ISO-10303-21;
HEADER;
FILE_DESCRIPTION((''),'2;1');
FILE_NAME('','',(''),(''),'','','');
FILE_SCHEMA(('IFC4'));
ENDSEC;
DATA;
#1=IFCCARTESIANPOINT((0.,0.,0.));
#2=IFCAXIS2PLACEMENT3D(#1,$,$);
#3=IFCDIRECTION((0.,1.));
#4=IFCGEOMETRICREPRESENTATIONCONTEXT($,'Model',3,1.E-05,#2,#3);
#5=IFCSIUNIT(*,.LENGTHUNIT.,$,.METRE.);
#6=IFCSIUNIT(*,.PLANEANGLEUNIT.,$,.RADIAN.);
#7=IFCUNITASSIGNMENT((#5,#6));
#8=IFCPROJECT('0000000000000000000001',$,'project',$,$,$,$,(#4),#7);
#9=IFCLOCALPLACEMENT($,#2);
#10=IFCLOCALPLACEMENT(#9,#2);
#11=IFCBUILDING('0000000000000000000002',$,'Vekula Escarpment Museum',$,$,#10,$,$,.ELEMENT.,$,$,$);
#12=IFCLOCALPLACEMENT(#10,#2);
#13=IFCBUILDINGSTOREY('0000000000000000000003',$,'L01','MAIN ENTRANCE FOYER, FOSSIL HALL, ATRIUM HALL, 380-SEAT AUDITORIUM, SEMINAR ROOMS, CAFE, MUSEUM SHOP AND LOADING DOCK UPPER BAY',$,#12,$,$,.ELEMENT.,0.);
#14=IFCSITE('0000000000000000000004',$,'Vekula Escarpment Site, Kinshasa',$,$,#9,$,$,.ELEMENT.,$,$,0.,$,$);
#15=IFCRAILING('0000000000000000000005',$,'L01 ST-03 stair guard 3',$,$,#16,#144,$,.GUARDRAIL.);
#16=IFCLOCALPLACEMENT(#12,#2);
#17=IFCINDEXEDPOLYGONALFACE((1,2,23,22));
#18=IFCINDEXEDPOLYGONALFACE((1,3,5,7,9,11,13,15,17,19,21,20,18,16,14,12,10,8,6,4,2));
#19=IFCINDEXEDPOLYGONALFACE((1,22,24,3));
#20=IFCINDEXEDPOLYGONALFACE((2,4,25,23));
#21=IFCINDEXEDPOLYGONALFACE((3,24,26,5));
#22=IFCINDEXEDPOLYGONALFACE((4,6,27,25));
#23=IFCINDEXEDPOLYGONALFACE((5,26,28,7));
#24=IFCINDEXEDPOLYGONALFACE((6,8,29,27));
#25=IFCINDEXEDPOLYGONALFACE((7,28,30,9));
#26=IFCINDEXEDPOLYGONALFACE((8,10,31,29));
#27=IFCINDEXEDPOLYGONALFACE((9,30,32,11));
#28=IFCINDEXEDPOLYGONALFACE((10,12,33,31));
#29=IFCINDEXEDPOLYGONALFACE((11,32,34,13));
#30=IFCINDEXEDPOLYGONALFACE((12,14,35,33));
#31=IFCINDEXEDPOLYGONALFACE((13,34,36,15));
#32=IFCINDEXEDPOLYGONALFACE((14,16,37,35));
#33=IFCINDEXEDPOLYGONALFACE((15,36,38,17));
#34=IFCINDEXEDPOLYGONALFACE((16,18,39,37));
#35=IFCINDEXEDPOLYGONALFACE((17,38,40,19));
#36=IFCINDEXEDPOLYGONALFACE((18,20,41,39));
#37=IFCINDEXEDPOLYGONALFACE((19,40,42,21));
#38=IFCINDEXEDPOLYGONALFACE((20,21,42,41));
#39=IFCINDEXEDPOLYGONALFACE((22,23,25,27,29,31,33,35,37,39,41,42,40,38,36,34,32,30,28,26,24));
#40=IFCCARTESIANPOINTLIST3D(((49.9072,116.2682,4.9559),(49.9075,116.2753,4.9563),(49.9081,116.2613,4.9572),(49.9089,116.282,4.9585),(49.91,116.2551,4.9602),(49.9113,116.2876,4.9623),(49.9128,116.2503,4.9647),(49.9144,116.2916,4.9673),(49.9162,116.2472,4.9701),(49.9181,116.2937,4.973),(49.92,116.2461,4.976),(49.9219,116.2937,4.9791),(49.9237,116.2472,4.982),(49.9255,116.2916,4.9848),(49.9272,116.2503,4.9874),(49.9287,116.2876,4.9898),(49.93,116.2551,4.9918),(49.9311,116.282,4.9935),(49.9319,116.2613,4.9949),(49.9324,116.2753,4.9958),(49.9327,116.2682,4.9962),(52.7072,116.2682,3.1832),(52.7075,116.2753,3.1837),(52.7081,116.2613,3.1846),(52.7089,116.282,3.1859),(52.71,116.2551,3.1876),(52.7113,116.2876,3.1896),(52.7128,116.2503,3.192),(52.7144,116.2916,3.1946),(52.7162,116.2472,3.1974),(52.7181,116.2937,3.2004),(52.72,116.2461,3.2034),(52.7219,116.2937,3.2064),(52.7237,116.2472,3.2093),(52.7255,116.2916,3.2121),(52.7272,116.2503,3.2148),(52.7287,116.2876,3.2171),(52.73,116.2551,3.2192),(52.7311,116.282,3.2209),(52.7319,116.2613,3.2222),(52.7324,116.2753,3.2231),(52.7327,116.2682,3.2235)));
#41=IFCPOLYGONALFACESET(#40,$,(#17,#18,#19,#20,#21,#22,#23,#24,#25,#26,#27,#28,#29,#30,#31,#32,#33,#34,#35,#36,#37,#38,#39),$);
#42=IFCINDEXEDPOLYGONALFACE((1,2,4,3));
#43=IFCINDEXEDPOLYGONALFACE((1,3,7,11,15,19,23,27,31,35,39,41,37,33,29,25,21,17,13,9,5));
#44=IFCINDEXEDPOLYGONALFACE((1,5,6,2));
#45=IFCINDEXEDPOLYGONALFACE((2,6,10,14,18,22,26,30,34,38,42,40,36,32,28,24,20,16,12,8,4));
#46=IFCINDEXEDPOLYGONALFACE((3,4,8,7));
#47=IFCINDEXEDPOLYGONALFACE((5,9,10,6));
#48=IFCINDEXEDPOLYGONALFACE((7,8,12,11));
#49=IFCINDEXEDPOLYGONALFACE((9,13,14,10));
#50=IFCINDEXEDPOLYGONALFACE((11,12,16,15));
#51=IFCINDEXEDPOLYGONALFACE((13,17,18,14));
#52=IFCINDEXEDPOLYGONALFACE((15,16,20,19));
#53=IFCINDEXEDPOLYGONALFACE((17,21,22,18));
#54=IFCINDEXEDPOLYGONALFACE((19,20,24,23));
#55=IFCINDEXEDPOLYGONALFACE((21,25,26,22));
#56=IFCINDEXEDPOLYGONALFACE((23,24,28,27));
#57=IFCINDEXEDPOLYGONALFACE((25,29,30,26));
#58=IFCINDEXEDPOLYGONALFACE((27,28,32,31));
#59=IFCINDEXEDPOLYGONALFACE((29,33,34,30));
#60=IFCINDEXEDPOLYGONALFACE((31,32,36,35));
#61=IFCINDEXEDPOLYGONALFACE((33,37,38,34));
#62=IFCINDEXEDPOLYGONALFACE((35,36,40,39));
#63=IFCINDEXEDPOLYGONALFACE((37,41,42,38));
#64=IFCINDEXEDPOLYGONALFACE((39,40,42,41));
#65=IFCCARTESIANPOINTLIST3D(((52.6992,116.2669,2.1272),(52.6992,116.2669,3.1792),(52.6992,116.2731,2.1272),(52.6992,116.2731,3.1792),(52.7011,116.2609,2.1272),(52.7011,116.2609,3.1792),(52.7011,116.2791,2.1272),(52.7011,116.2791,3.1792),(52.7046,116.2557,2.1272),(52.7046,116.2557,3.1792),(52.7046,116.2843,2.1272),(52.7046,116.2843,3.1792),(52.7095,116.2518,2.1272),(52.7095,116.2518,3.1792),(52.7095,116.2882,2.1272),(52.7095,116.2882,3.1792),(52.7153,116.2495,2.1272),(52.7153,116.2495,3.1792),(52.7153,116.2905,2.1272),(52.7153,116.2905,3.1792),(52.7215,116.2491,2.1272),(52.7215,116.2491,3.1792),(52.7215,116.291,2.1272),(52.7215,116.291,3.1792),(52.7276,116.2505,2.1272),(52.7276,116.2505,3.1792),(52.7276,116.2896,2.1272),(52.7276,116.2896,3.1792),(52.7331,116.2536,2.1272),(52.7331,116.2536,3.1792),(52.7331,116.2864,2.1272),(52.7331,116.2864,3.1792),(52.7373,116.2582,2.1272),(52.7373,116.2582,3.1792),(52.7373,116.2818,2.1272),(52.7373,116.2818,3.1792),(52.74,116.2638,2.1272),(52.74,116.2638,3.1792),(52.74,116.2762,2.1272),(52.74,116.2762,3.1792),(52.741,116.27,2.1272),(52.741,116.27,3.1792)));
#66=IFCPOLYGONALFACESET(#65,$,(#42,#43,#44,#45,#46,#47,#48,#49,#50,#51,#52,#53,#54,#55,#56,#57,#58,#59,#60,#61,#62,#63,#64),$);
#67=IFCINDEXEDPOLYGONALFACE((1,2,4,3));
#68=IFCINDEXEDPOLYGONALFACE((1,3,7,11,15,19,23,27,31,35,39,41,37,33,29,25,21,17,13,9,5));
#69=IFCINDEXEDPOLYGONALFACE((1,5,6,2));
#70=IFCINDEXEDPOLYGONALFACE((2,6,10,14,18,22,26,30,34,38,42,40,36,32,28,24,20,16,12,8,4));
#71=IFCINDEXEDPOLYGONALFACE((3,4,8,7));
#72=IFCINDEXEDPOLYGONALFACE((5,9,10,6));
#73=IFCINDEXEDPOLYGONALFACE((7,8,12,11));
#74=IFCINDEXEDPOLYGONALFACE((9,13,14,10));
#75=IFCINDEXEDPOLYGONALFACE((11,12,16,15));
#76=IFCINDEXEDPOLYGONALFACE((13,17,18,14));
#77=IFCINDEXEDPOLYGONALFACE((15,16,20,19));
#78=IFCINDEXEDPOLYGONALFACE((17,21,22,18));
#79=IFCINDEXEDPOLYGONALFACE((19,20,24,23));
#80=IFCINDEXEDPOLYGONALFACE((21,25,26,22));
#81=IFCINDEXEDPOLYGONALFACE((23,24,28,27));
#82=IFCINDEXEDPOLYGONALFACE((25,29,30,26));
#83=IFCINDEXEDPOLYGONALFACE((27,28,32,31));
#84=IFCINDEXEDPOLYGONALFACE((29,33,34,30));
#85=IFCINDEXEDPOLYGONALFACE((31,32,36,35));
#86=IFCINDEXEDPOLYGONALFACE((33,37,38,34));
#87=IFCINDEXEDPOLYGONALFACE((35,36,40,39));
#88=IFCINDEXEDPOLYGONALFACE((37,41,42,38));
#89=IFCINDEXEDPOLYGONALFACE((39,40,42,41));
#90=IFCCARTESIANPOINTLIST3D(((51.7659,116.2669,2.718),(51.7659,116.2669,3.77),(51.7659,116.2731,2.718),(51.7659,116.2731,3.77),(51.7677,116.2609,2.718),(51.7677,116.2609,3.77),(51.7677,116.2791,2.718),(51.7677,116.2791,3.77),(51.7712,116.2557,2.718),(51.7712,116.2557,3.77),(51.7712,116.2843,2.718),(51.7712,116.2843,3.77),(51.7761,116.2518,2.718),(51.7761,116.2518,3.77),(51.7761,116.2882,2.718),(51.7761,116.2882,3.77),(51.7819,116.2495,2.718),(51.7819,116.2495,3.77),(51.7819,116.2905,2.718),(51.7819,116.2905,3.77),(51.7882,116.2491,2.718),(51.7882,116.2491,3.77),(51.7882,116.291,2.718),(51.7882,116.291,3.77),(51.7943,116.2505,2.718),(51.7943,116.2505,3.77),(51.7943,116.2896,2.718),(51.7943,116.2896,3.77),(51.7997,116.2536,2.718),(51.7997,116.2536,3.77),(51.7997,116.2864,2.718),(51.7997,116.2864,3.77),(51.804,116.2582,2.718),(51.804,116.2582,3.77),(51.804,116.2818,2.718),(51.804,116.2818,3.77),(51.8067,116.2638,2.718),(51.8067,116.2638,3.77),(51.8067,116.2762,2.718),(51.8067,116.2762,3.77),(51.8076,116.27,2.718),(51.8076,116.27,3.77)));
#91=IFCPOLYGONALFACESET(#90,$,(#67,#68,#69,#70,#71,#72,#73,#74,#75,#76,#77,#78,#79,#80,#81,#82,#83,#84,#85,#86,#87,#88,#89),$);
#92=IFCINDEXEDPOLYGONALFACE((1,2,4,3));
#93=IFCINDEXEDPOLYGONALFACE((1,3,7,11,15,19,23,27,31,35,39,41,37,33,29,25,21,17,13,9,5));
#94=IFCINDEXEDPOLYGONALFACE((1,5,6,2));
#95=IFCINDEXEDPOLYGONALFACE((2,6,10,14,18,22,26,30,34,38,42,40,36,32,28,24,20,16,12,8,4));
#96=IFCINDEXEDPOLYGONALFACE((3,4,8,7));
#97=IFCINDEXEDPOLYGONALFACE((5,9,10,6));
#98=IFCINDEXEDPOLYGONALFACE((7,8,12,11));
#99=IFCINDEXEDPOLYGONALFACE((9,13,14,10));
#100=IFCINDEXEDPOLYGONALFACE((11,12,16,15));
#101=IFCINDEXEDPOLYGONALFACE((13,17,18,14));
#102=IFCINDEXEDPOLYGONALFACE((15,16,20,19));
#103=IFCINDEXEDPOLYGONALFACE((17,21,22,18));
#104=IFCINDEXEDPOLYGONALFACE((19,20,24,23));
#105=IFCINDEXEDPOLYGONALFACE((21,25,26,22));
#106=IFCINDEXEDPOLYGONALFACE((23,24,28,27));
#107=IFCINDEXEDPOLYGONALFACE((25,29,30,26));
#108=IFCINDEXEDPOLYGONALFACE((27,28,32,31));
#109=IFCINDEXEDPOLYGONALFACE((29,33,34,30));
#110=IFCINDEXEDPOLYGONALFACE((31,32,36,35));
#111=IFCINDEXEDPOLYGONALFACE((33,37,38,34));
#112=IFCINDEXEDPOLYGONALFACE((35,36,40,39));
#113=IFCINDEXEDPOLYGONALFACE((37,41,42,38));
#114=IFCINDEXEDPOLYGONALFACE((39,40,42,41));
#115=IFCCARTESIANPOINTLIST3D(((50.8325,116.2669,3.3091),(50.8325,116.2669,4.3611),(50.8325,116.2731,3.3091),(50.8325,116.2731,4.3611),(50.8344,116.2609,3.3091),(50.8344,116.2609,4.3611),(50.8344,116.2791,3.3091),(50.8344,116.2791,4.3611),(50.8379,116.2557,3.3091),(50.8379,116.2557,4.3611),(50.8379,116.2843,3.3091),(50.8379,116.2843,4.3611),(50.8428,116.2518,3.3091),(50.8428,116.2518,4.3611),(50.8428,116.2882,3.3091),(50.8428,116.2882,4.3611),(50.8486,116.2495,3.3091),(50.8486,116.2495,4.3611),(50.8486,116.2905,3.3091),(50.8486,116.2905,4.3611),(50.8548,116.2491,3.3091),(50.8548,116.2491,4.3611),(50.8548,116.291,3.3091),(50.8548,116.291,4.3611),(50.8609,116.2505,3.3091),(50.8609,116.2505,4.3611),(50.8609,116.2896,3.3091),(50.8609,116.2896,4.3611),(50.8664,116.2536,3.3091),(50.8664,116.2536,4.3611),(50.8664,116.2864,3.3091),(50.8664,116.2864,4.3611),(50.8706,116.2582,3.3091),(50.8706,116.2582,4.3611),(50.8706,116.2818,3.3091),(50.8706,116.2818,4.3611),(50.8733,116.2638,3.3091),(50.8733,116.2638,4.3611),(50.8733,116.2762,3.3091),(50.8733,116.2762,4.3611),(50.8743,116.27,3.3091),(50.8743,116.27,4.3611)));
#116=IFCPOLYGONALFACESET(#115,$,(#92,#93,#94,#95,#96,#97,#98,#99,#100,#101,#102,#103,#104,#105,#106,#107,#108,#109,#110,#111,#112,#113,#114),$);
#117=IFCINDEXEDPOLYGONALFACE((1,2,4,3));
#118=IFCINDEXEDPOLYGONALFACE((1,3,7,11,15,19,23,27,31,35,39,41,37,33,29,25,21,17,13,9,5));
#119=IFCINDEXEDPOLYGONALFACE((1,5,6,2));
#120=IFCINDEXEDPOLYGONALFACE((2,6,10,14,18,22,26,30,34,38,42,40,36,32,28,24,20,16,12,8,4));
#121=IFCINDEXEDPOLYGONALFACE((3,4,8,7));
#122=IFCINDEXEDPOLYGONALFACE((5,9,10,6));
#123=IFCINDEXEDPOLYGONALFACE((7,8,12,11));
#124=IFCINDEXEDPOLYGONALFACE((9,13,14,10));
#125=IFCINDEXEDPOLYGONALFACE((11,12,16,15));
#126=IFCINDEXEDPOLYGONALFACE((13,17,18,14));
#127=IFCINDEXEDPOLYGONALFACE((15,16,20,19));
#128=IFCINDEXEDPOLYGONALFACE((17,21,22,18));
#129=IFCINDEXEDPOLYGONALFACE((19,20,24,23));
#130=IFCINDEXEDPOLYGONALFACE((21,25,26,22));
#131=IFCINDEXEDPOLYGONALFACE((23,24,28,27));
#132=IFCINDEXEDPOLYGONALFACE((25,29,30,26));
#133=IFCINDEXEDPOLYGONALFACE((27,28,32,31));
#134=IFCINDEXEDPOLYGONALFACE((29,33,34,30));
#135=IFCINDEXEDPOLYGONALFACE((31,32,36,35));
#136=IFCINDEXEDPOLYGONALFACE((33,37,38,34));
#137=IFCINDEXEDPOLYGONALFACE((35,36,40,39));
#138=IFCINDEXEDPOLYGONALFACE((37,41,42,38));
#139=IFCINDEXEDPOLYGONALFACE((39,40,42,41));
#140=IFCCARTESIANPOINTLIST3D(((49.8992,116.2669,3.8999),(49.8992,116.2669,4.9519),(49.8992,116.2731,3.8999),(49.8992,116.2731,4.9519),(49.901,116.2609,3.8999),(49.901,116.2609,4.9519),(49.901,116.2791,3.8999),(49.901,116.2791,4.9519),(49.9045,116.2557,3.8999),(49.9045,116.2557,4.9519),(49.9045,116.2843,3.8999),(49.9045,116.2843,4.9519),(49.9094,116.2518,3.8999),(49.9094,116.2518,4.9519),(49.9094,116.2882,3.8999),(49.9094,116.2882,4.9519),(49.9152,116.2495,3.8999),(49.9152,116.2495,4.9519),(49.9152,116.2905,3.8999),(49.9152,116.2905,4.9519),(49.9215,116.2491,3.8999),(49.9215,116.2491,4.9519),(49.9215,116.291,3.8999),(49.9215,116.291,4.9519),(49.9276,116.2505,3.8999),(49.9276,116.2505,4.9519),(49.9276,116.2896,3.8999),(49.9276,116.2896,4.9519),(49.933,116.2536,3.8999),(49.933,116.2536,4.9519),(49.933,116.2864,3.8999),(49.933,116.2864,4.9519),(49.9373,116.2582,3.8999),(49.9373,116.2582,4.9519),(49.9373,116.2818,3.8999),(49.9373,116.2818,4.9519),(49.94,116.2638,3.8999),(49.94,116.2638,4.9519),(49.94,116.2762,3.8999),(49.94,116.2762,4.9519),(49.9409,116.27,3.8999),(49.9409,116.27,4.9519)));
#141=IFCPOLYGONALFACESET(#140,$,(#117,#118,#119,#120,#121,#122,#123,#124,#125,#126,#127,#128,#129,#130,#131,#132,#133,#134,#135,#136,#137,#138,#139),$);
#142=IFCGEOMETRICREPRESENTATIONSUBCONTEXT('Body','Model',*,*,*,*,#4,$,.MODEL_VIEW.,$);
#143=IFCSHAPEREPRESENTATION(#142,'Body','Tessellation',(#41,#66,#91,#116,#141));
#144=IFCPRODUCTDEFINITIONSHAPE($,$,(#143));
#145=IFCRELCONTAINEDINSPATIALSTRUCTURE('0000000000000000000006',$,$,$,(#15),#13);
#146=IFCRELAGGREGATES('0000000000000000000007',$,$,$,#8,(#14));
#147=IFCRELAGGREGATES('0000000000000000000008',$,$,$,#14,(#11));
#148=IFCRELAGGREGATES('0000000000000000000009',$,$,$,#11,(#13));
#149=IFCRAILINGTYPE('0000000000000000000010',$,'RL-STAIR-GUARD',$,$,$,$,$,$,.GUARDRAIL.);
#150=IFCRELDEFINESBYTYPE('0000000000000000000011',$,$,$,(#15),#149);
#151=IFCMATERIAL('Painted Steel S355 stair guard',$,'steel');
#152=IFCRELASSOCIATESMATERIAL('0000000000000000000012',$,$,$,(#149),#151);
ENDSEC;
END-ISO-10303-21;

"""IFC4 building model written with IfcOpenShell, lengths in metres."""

from ifc_helpers import new_model, si_unit, direction, frame, origin, origin_2d, place, context, subcontext, project, spatial, circle, extrude, material, type_object, element, save


model = new_model("IFC4")

# Units and contexts
model_context = context("Model", 3, precision=1e-05, world=origin(), true_north=direction((0.0, 1.0)))
body_context = subcontext(model_context, "Body", "Model", "MODEL_VIEW")
ifc_project = project(units=[si_unit("LENGTHUNIT", "METRE"), si_unit("PLANEANGLEUNIT", "RADIAN")], contexts=[model_context])

# Site, building, storey
site_placement = place(None, origin())
site = spatial("IfcSite", under=ifc_project, at=site_placement, Name="Vekula Escarpment Site, Kinshasa", CompositionType="ELEMENT", RefElevation=0.0)
building_placement = place(site_placement, origin())
building = spatial("IfcBuilding", under=site, at=building_placement, Name="Vekula Escarpment Museum", CompositionType="ELEMENT")
storey_placement = place(building_placement, origin())
storey = spatial("IfcBuildingStorey", under=building, at=storey_placement, Name="L01", Description="MAIN ENTRANCE FOYER, FOSSIL HALL, ATRIUM HALL, 380-SEAT AUDITORIUM, SEMINAR ROOMS, CAFE, MUSEUM SHOP AND LOADING DOCK UPPER BAY", CompositionType="ELEMENT", Elevation=0.0)

# Railing
ifc_material_1 = material(Name="Painted Steel S355 stair guard", Category="steel")
railing_type_1 = type_object("IfcRailingType", Name="RL-STAIR-GUARD", PredefinedType="GUARDRAIL", material=ifc_material_1)
railing_1_placement = place(storey_placement, frame((52.72, 116.27, 2.1272)))
element("IfcRailing", 1, at=railing_1_placement, inside=storey, type_object=railing_type_1, Name="L01 ST-03 stair guard 3", PredefinedType="GUARDRAIL", context=body_context, shape_type="SweptSolid", body=[
    extrude(circle(Radius=0.0239, at=origin_2d()), frame((0.0, 0.0, 1.0762), z_axis=(-0.844909, 0.0, 0.53491), x_axis=(0.0, -1.0, 0.0)), (0.0, 0.0, 1.0), 3.314),
    extrude(circle(Radius=0.021, at=origin_2d()), origin(), (0.0, 0.0, 1.0), 1.052),
    extrude(circle(Radius=0.021, at=origin_2d()), frame((-0.9333, 0.0, 0.5908)), (0.0, 0.0, 1.0), 1.052),
    extrude(circle(Radius=0.021, at=origin_2d()), frame((-1.8667, 0.0, 1.1819)), (0.0, 0.0, 1.0), 1.052),
    extrude(circle(Radius=0.021, at=origin_2d()), frame((-2.8, 0.0, 1.7727)), (0.0, 0.0, 1.0), 1.052),
])

save(model, "model.ifc")
